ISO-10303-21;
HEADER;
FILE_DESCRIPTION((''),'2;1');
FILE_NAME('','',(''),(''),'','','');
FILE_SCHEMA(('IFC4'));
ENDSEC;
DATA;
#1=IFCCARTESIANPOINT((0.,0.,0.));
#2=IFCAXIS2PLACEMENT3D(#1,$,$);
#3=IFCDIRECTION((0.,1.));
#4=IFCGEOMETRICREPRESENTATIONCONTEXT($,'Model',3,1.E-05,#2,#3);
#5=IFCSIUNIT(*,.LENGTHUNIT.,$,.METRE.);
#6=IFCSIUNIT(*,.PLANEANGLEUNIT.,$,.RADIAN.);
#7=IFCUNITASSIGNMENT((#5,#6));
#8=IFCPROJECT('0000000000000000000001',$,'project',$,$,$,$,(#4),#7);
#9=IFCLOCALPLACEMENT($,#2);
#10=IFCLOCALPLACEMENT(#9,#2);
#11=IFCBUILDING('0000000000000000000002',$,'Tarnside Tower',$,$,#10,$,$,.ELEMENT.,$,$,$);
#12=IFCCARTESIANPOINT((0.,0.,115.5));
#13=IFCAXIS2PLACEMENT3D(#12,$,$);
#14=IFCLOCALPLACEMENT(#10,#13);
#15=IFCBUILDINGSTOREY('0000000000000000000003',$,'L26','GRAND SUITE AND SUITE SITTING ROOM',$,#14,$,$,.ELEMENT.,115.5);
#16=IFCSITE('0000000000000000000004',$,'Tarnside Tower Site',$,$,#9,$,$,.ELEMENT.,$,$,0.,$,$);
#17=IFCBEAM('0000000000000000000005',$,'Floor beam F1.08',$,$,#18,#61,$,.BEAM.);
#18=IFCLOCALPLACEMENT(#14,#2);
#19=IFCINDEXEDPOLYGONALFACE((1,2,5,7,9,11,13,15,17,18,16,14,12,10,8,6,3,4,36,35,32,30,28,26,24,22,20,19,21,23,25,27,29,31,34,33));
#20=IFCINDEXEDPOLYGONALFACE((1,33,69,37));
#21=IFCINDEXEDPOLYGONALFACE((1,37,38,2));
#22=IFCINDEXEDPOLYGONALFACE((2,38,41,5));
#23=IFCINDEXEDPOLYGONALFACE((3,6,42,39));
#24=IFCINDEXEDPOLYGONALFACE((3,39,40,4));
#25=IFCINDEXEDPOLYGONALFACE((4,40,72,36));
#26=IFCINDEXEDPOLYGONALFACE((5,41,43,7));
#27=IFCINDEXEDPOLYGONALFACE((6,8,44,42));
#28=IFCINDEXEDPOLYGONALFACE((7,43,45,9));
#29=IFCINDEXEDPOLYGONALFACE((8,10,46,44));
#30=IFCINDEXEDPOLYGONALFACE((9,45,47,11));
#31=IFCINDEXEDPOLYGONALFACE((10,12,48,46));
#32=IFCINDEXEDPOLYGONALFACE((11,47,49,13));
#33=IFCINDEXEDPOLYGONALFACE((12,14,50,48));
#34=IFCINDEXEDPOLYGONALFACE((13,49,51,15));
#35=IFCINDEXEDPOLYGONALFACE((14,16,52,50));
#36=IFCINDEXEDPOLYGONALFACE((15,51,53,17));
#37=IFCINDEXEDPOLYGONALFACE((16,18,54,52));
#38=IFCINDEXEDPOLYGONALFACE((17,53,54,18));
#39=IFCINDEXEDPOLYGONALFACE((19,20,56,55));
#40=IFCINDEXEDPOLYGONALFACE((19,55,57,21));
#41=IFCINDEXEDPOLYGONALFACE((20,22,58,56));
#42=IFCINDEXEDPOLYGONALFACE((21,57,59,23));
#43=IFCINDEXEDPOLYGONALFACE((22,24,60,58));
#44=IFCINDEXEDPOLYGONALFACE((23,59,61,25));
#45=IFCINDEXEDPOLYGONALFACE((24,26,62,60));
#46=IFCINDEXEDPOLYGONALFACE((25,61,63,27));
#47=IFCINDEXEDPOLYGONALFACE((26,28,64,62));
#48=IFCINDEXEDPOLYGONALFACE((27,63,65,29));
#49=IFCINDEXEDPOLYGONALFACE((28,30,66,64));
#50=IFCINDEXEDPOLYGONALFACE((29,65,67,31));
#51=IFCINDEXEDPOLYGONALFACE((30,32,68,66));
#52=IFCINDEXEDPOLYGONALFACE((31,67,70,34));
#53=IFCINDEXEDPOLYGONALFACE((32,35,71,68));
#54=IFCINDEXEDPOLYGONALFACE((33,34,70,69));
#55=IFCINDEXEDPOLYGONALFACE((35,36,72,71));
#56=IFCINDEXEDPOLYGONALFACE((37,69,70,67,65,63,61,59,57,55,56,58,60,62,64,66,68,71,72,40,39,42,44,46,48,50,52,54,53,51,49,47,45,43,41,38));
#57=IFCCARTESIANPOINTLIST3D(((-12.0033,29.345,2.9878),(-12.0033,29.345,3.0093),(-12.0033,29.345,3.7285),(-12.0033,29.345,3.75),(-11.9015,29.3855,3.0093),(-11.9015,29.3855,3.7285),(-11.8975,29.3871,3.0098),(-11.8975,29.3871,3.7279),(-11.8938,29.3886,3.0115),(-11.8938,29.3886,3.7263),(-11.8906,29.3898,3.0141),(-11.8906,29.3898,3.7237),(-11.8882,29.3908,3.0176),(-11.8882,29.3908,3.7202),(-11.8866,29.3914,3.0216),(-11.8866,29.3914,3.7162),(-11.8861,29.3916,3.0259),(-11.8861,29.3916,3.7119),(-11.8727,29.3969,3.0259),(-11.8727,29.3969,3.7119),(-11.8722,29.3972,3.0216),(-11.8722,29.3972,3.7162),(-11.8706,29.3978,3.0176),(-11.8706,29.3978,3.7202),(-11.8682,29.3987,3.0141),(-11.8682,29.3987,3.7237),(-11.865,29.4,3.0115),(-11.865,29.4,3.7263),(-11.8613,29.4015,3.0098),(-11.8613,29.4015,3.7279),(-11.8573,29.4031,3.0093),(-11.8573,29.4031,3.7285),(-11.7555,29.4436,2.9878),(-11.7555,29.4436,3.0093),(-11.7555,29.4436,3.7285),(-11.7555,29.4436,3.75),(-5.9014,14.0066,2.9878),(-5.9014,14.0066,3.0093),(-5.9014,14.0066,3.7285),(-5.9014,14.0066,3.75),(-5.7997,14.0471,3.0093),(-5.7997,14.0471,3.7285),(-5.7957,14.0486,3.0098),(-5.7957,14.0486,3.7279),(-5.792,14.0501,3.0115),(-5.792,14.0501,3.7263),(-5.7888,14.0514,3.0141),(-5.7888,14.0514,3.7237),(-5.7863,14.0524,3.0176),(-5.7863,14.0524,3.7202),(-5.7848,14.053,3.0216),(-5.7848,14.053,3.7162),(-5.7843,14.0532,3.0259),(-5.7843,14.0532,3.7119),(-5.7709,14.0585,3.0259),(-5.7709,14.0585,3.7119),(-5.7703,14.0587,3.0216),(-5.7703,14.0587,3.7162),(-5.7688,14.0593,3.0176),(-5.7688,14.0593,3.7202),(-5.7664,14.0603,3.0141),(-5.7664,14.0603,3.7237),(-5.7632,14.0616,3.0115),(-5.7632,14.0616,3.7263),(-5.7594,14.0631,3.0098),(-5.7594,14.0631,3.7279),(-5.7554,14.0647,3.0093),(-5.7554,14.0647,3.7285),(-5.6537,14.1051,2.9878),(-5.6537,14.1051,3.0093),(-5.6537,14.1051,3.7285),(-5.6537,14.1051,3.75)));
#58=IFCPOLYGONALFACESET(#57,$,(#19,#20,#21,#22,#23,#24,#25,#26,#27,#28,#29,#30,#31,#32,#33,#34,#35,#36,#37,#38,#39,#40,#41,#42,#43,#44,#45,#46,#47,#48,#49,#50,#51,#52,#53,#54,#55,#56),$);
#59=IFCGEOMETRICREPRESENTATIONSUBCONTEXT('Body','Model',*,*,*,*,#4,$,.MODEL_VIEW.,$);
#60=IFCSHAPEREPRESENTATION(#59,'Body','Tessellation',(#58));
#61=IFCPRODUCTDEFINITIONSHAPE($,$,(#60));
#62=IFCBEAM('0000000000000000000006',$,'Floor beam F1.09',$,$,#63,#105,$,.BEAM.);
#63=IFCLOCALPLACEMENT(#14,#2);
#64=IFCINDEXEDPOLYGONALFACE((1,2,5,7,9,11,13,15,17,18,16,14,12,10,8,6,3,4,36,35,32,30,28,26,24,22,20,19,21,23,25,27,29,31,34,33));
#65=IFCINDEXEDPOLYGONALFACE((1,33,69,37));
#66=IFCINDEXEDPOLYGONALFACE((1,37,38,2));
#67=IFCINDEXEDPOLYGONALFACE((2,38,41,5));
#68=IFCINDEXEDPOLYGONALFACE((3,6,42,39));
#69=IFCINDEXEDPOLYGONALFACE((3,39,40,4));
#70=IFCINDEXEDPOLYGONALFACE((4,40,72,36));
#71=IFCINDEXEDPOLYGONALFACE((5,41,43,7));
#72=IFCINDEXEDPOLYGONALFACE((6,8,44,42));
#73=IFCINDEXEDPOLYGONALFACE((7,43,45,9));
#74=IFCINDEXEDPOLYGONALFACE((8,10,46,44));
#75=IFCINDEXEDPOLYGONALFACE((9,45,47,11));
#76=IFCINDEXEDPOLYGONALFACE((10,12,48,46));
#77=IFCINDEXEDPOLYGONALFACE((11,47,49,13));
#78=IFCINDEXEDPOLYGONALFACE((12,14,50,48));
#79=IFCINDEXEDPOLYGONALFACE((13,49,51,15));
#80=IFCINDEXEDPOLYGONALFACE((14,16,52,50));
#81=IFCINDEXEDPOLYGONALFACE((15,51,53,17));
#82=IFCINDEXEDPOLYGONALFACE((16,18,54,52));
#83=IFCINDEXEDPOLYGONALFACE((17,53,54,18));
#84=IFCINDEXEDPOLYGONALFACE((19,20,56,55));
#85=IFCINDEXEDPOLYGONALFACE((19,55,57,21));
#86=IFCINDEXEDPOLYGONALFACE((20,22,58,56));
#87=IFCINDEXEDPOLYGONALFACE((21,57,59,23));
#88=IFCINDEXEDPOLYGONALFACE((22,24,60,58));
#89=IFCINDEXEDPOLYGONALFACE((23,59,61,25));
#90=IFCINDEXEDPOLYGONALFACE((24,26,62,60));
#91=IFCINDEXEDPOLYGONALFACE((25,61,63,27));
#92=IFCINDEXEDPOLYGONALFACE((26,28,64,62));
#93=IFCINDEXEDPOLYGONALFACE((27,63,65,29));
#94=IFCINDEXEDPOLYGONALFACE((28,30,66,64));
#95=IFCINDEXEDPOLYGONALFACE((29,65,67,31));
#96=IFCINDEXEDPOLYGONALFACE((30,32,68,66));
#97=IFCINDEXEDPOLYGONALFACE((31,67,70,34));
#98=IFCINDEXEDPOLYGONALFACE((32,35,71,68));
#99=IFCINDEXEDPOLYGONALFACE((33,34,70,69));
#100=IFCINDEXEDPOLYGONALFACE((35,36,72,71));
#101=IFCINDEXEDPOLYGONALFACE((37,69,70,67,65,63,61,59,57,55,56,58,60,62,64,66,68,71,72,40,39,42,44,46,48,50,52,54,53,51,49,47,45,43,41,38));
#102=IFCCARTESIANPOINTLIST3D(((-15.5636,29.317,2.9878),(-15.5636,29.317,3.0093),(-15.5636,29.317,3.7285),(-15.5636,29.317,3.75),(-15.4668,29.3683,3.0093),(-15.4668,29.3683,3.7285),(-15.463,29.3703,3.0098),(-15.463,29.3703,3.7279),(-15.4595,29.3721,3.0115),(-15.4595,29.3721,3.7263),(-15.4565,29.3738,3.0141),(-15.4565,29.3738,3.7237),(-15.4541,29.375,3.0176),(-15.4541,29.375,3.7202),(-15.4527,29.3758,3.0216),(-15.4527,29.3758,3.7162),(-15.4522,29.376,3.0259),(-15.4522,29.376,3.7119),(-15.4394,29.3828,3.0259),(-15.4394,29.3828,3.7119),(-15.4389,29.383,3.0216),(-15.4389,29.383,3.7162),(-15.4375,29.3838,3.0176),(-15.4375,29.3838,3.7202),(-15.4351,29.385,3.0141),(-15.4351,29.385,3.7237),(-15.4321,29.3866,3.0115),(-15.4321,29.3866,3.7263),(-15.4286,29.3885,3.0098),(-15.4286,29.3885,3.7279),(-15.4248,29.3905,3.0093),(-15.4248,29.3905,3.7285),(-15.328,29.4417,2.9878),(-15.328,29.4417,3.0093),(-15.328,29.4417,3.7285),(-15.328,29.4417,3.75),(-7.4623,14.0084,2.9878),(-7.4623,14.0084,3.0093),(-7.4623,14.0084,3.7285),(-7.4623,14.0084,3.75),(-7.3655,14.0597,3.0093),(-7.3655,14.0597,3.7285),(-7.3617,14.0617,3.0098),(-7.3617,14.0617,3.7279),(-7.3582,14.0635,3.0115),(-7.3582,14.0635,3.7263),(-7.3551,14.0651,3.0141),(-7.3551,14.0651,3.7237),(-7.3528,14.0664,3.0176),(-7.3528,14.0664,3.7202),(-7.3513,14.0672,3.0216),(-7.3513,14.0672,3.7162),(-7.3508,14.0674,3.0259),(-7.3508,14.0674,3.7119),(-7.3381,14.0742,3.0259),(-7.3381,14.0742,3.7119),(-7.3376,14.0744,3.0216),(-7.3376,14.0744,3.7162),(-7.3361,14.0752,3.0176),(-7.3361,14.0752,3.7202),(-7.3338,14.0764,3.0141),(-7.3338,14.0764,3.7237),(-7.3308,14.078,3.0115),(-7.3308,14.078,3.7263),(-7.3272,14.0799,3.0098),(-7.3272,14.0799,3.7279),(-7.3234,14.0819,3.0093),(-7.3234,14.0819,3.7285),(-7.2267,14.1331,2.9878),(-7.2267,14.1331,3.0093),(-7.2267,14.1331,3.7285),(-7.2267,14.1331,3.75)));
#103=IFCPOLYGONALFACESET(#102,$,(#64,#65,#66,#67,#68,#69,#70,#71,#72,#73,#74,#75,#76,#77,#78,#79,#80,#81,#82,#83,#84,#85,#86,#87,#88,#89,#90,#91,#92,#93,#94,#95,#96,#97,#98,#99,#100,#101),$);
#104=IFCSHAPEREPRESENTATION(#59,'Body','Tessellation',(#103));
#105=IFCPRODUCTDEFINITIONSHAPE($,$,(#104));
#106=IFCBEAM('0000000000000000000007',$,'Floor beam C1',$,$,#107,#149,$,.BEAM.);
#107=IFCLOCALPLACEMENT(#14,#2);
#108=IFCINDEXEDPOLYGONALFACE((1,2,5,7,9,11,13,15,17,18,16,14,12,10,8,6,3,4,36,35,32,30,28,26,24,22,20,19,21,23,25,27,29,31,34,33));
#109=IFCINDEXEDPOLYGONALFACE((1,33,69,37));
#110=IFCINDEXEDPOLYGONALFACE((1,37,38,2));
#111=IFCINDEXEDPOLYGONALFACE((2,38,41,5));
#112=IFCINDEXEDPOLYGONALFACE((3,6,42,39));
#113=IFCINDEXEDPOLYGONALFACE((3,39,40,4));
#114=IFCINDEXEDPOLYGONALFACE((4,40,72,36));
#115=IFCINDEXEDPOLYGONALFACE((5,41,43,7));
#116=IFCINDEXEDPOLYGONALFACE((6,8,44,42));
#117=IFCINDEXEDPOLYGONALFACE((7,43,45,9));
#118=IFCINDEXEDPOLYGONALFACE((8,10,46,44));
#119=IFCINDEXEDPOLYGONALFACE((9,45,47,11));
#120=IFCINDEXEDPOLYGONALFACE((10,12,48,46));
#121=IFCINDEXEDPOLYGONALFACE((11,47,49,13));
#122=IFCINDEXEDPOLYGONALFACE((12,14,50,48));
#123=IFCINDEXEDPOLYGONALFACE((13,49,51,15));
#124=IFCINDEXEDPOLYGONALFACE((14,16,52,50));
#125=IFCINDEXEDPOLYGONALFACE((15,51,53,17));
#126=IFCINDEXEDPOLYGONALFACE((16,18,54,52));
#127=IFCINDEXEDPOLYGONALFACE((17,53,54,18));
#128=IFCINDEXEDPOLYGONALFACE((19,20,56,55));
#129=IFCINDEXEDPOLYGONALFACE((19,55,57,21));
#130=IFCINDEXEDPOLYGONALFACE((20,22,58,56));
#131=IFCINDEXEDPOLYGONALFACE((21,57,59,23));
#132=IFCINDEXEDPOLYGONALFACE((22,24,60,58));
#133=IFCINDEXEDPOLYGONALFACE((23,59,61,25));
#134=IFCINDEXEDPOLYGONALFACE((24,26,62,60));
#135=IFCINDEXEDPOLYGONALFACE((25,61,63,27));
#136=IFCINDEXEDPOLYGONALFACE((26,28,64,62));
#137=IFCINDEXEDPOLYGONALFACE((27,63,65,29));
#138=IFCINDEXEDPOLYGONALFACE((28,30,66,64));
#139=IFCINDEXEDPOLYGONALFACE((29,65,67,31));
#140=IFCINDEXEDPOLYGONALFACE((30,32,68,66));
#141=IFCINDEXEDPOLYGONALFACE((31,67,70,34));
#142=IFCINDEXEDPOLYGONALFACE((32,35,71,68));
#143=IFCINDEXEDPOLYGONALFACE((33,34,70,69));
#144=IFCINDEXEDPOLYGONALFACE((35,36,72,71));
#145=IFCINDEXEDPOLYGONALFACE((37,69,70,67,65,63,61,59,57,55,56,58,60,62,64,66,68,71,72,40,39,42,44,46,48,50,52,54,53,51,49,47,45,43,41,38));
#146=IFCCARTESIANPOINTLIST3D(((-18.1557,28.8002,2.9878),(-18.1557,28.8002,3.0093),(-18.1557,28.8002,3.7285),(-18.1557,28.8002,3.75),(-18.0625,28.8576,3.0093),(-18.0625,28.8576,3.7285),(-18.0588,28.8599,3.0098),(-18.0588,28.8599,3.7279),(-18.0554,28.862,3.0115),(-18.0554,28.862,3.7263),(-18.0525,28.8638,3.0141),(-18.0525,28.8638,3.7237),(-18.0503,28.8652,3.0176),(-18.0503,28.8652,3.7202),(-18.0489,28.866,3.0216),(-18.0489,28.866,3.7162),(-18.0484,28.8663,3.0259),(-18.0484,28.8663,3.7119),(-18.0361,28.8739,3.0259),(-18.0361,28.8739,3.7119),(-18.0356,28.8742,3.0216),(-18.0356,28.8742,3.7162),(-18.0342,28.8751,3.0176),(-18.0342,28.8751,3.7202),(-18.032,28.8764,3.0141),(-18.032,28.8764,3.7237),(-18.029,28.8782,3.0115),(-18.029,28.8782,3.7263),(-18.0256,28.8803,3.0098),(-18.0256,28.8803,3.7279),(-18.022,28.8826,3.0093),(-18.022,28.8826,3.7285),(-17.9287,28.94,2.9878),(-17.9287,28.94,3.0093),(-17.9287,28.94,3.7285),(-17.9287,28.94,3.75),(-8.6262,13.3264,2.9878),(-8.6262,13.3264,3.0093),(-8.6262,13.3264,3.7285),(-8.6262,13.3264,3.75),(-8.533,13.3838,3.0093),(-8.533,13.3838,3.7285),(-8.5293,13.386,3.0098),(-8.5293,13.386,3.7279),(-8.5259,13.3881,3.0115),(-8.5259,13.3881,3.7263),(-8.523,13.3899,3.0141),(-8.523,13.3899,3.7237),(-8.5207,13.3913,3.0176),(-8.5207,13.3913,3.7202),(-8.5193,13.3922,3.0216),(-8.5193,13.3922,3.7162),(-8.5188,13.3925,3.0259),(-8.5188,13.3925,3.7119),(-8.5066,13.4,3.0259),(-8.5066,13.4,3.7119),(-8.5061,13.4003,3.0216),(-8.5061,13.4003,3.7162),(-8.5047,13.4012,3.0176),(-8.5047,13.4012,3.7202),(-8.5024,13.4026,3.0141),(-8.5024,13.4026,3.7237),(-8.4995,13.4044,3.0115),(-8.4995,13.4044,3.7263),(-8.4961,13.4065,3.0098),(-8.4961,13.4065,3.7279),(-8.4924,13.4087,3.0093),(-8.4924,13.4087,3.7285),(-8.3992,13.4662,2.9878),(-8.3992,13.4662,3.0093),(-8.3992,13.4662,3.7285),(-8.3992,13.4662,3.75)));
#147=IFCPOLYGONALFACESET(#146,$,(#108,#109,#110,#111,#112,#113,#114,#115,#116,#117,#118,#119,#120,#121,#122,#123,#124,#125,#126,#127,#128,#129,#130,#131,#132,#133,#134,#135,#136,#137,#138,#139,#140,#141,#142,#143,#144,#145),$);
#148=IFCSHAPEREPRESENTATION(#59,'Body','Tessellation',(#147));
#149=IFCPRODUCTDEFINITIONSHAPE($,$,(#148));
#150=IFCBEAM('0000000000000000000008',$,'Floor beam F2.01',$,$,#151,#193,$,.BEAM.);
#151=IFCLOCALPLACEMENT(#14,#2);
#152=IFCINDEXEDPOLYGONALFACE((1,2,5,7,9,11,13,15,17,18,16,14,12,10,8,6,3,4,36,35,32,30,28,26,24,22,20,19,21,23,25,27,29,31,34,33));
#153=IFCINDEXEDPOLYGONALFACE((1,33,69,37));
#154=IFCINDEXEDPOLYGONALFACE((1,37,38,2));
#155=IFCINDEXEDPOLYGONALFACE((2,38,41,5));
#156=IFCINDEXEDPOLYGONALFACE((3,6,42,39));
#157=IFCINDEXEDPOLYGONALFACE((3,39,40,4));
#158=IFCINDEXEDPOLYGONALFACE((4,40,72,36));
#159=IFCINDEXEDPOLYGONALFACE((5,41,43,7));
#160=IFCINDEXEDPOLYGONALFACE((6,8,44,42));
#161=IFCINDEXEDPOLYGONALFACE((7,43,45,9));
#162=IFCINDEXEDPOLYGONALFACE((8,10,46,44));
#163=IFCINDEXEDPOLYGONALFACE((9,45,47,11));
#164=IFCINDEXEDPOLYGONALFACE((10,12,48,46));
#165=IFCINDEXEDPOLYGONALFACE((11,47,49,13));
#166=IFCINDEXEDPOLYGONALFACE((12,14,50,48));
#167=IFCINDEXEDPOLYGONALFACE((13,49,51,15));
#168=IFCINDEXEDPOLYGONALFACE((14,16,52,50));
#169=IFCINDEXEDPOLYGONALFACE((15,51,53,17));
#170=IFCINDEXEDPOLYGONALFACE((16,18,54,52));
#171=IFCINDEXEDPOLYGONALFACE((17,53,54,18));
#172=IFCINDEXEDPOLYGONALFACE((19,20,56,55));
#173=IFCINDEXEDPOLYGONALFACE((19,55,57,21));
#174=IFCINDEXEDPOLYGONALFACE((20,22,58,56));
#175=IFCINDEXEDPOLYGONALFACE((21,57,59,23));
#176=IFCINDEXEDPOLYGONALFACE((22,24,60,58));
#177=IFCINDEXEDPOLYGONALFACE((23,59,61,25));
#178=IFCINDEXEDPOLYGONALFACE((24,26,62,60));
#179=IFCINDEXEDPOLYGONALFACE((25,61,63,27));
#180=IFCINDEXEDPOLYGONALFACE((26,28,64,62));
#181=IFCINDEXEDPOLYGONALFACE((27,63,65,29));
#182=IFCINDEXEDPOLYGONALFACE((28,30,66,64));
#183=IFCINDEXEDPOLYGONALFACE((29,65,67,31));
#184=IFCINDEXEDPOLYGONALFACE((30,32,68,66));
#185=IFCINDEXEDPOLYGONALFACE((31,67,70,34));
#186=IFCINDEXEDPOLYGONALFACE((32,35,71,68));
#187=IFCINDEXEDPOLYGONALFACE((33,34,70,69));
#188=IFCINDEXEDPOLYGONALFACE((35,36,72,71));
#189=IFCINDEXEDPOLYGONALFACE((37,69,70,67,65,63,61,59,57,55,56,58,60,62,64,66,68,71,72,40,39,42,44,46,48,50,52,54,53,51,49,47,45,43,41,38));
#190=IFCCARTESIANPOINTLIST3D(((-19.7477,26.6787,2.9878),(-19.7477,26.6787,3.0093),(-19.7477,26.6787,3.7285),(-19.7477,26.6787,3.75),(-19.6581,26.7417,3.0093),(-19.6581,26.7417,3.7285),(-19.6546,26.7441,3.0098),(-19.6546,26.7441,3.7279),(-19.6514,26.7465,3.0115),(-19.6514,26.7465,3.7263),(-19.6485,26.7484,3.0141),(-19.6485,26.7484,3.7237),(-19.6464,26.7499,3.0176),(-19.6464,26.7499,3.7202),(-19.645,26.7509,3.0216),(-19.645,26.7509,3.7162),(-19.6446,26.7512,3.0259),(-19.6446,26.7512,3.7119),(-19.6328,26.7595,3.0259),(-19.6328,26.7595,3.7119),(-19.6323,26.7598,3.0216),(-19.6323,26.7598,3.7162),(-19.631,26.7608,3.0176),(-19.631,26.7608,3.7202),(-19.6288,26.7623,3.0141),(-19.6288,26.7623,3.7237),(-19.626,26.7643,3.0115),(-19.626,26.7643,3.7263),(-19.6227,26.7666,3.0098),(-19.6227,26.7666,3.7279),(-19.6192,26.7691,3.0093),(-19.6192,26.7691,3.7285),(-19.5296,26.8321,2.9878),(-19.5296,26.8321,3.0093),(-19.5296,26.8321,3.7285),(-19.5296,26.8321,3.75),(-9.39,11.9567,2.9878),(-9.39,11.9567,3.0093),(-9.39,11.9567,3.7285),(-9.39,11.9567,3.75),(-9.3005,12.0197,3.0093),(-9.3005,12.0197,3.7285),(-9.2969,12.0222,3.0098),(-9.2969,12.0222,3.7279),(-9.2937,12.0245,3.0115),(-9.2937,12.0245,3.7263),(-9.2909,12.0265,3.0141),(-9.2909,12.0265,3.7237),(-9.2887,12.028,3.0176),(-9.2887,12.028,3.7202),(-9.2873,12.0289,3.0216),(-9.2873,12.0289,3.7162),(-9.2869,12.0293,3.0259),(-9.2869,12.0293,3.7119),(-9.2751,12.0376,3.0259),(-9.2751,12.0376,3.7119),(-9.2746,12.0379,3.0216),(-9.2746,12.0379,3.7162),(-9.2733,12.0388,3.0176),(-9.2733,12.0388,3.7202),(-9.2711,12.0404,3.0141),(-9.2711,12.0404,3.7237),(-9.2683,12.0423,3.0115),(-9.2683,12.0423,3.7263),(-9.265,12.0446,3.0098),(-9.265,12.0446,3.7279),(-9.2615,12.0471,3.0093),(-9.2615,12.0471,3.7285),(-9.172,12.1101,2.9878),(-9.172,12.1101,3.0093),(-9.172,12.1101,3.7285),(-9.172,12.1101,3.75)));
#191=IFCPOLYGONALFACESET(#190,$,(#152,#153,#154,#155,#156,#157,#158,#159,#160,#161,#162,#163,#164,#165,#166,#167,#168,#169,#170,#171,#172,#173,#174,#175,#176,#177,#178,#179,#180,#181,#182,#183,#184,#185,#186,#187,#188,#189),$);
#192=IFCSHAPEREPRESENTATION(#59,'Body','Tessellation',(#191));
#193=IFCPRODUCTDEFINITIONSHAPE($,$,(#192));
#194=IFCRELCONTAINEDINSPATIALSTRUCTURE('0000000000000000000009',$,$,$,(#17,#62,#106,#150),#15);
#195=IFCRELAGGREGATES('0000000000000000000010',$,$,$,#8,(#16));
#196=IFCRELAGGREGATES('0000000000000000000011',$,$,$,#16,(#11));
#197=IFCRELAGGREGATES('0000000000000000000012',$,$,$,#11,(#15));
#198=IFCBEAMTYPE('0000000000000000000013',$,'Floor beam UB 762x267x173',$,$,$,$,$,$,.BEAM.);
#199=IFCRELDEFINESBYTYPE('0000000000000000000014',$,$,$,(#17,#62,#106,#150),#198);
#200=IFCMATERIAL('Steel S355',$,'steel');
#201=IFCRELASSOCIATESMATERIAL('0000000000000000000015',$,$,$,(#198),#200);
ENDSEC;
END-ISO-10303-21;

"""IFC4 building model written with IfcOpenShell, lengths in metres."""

from ifc_helpers import new_model, si_unit, direction, frame, origin, origin_2d, place, context, subcontext, project, spatial, i_section, extrude, material, material_profile, profile_set, type_object, element, save


model = new_model("IFC4")

# Units and contexts
model_context = context("Model", 3, precision=1e-05, world=origin(), true_north=direction((0.0, 1.0)))
body_context = subcontext(model_context, "Body", "Model", "MODEL_VIEW")
ifc_project = project(units=[si_unit("LENGTHUNIT", "METRE"), si_unit("PLANEANGLEUNIT", "RADIAN")], contexts=[model_context])

# Site, building, storey
site_placement = place(None, origin())
site = spatial("IfcSite", under=ifc_project, at=site_placement, Name="Tarnside Tower Site", CompositionType="ELEMENT", RefElevation=0.0)
building_placement = place(site_placement, origin())
building = spatial("IfcBuilding", under=site, at=building_placement, Name="Tarnside Tower", CompositionType="ELEMENT")
storey_placement = place(building_placement, frame((0.0, 0.0, 115.5)))
storey = spatial("IfcBuildingStorey", under=building, at=storey_placement, Name="L26", Description="GRAND SUITE AND SUITE SITTING ROOM", CompositionType="ELEMENT", Elevation=115.5)

# Beams
ifc_material_1 = material(Name="Steel S355", Category="steel")
ifc_material_profile = material_profile(ifc_material_1, i_section(OverallWidth=0.2666, OverallDepth=0.7622, WebThickness=0.0144, FlangeThickness=0.0215, FilletRadius=0.0166, at=origin_2d()), Name="UB 762x267x173")
ifc_profile_set = profile_set([ifc_material_profile], Name="Steel S355")
beam_type = type_object("IfcBeamType", Name="Floor beam UB 762x267x173", PredefinedType="BEAM", material=ifc_profile_set)
beam_1_placement = place(storey_placement, frame((-11.8794, 29.3943, 3.3689), z_axis=(0.369638, -0.929176, 0.0), x_axis=(0.929176, 0.369638, 0.0)))
element("IfcBeam", 1, at=beam_1_placement, inside=storey, type_object=beam_type, Name="Floor beam F1.08", PredefinedType="BEAM", context=body_context, shape_type="SweptSolid", body=[
    extrude(i_section(OverallWidth=0.2666, OverallDepth=0.7622, WebThickness=0.0144, FlangeThickness=0.0215, FilletRadius=0.0166, at=origin_2d()), origin(), (0.0, 0.0, 1.0), 16.5076),
])
beam_2_placement = place(storey_placement, frame((-15.4458, 29.3794, 3.3689), z_axis=(0.467742, -0.883865, 0.0), x_axis=(0.883865, 0.467742, 0.0)))
element("IfcBeam", 2, at=beam_2_placement, inside=storey, type_object=beam_type, Name="Floor beam F1.09", PredefinedType="BEAM", context=body_context, shape_type="SweptSolid", body=[
    extrude(i_section(OverallWidth=0.2666, OverallDepth=0.7622, WebThickness=0.0144, FlangeThickness=0.0215, FilletRadius=0.0166, at=origin_2d()), origin(), (0.0, 0.0, 1.0), 17.3201),
])
beam_3_placement = place(storey_placement, frame((-18.0422, 28.8701, 3.3689), z_axis=(0.524383, -0.851483, 0.0), x_axis=(0.851483, 0.524383, 0.0)))
element("IfcBeam", 3, at=beam_3_placement, inside=storey, type_object=beam_type, Name="Floor beam C1", PredefinedType="BEAM", context=body_context, shape_type="SweptSolid", body=[
    extrude(i_section(OverallWidth=0.2666, OverallDepth=0.7622, WebThickness=0.0144, FlangeThickness=0.0215, FilletRadius=0.0166, at=origin_2d()), origin(), (0.0, 0.0, 1.0), 18.1729),
])
beam_4_placement = place(storey_placement, frame((-19.6387, 26.7554, 3.3689), z_axis=(0.575411, -0.817864, 0.0), x_axis=(0.817864, 0.575411, 0.0)))
element("IfcBeam", 4, at=beam_4_placement, inside=storey, type_object=beam_type, Name="Floor beam F2.01", PredefinedType="BEAM", context=body_context, shape_type="SweptSolid", body=[
    extrude(i_section(OverallWidth=0.2666, OverallDepth=0.7622, WebThickness=0.0144, FlangeThickness=0.0215, FilletRadius=0.0166, at=origin_2d()), origin(), (0.0, 0.0, 1.0), 18.0005),
])

save(model, "model.ifc")
